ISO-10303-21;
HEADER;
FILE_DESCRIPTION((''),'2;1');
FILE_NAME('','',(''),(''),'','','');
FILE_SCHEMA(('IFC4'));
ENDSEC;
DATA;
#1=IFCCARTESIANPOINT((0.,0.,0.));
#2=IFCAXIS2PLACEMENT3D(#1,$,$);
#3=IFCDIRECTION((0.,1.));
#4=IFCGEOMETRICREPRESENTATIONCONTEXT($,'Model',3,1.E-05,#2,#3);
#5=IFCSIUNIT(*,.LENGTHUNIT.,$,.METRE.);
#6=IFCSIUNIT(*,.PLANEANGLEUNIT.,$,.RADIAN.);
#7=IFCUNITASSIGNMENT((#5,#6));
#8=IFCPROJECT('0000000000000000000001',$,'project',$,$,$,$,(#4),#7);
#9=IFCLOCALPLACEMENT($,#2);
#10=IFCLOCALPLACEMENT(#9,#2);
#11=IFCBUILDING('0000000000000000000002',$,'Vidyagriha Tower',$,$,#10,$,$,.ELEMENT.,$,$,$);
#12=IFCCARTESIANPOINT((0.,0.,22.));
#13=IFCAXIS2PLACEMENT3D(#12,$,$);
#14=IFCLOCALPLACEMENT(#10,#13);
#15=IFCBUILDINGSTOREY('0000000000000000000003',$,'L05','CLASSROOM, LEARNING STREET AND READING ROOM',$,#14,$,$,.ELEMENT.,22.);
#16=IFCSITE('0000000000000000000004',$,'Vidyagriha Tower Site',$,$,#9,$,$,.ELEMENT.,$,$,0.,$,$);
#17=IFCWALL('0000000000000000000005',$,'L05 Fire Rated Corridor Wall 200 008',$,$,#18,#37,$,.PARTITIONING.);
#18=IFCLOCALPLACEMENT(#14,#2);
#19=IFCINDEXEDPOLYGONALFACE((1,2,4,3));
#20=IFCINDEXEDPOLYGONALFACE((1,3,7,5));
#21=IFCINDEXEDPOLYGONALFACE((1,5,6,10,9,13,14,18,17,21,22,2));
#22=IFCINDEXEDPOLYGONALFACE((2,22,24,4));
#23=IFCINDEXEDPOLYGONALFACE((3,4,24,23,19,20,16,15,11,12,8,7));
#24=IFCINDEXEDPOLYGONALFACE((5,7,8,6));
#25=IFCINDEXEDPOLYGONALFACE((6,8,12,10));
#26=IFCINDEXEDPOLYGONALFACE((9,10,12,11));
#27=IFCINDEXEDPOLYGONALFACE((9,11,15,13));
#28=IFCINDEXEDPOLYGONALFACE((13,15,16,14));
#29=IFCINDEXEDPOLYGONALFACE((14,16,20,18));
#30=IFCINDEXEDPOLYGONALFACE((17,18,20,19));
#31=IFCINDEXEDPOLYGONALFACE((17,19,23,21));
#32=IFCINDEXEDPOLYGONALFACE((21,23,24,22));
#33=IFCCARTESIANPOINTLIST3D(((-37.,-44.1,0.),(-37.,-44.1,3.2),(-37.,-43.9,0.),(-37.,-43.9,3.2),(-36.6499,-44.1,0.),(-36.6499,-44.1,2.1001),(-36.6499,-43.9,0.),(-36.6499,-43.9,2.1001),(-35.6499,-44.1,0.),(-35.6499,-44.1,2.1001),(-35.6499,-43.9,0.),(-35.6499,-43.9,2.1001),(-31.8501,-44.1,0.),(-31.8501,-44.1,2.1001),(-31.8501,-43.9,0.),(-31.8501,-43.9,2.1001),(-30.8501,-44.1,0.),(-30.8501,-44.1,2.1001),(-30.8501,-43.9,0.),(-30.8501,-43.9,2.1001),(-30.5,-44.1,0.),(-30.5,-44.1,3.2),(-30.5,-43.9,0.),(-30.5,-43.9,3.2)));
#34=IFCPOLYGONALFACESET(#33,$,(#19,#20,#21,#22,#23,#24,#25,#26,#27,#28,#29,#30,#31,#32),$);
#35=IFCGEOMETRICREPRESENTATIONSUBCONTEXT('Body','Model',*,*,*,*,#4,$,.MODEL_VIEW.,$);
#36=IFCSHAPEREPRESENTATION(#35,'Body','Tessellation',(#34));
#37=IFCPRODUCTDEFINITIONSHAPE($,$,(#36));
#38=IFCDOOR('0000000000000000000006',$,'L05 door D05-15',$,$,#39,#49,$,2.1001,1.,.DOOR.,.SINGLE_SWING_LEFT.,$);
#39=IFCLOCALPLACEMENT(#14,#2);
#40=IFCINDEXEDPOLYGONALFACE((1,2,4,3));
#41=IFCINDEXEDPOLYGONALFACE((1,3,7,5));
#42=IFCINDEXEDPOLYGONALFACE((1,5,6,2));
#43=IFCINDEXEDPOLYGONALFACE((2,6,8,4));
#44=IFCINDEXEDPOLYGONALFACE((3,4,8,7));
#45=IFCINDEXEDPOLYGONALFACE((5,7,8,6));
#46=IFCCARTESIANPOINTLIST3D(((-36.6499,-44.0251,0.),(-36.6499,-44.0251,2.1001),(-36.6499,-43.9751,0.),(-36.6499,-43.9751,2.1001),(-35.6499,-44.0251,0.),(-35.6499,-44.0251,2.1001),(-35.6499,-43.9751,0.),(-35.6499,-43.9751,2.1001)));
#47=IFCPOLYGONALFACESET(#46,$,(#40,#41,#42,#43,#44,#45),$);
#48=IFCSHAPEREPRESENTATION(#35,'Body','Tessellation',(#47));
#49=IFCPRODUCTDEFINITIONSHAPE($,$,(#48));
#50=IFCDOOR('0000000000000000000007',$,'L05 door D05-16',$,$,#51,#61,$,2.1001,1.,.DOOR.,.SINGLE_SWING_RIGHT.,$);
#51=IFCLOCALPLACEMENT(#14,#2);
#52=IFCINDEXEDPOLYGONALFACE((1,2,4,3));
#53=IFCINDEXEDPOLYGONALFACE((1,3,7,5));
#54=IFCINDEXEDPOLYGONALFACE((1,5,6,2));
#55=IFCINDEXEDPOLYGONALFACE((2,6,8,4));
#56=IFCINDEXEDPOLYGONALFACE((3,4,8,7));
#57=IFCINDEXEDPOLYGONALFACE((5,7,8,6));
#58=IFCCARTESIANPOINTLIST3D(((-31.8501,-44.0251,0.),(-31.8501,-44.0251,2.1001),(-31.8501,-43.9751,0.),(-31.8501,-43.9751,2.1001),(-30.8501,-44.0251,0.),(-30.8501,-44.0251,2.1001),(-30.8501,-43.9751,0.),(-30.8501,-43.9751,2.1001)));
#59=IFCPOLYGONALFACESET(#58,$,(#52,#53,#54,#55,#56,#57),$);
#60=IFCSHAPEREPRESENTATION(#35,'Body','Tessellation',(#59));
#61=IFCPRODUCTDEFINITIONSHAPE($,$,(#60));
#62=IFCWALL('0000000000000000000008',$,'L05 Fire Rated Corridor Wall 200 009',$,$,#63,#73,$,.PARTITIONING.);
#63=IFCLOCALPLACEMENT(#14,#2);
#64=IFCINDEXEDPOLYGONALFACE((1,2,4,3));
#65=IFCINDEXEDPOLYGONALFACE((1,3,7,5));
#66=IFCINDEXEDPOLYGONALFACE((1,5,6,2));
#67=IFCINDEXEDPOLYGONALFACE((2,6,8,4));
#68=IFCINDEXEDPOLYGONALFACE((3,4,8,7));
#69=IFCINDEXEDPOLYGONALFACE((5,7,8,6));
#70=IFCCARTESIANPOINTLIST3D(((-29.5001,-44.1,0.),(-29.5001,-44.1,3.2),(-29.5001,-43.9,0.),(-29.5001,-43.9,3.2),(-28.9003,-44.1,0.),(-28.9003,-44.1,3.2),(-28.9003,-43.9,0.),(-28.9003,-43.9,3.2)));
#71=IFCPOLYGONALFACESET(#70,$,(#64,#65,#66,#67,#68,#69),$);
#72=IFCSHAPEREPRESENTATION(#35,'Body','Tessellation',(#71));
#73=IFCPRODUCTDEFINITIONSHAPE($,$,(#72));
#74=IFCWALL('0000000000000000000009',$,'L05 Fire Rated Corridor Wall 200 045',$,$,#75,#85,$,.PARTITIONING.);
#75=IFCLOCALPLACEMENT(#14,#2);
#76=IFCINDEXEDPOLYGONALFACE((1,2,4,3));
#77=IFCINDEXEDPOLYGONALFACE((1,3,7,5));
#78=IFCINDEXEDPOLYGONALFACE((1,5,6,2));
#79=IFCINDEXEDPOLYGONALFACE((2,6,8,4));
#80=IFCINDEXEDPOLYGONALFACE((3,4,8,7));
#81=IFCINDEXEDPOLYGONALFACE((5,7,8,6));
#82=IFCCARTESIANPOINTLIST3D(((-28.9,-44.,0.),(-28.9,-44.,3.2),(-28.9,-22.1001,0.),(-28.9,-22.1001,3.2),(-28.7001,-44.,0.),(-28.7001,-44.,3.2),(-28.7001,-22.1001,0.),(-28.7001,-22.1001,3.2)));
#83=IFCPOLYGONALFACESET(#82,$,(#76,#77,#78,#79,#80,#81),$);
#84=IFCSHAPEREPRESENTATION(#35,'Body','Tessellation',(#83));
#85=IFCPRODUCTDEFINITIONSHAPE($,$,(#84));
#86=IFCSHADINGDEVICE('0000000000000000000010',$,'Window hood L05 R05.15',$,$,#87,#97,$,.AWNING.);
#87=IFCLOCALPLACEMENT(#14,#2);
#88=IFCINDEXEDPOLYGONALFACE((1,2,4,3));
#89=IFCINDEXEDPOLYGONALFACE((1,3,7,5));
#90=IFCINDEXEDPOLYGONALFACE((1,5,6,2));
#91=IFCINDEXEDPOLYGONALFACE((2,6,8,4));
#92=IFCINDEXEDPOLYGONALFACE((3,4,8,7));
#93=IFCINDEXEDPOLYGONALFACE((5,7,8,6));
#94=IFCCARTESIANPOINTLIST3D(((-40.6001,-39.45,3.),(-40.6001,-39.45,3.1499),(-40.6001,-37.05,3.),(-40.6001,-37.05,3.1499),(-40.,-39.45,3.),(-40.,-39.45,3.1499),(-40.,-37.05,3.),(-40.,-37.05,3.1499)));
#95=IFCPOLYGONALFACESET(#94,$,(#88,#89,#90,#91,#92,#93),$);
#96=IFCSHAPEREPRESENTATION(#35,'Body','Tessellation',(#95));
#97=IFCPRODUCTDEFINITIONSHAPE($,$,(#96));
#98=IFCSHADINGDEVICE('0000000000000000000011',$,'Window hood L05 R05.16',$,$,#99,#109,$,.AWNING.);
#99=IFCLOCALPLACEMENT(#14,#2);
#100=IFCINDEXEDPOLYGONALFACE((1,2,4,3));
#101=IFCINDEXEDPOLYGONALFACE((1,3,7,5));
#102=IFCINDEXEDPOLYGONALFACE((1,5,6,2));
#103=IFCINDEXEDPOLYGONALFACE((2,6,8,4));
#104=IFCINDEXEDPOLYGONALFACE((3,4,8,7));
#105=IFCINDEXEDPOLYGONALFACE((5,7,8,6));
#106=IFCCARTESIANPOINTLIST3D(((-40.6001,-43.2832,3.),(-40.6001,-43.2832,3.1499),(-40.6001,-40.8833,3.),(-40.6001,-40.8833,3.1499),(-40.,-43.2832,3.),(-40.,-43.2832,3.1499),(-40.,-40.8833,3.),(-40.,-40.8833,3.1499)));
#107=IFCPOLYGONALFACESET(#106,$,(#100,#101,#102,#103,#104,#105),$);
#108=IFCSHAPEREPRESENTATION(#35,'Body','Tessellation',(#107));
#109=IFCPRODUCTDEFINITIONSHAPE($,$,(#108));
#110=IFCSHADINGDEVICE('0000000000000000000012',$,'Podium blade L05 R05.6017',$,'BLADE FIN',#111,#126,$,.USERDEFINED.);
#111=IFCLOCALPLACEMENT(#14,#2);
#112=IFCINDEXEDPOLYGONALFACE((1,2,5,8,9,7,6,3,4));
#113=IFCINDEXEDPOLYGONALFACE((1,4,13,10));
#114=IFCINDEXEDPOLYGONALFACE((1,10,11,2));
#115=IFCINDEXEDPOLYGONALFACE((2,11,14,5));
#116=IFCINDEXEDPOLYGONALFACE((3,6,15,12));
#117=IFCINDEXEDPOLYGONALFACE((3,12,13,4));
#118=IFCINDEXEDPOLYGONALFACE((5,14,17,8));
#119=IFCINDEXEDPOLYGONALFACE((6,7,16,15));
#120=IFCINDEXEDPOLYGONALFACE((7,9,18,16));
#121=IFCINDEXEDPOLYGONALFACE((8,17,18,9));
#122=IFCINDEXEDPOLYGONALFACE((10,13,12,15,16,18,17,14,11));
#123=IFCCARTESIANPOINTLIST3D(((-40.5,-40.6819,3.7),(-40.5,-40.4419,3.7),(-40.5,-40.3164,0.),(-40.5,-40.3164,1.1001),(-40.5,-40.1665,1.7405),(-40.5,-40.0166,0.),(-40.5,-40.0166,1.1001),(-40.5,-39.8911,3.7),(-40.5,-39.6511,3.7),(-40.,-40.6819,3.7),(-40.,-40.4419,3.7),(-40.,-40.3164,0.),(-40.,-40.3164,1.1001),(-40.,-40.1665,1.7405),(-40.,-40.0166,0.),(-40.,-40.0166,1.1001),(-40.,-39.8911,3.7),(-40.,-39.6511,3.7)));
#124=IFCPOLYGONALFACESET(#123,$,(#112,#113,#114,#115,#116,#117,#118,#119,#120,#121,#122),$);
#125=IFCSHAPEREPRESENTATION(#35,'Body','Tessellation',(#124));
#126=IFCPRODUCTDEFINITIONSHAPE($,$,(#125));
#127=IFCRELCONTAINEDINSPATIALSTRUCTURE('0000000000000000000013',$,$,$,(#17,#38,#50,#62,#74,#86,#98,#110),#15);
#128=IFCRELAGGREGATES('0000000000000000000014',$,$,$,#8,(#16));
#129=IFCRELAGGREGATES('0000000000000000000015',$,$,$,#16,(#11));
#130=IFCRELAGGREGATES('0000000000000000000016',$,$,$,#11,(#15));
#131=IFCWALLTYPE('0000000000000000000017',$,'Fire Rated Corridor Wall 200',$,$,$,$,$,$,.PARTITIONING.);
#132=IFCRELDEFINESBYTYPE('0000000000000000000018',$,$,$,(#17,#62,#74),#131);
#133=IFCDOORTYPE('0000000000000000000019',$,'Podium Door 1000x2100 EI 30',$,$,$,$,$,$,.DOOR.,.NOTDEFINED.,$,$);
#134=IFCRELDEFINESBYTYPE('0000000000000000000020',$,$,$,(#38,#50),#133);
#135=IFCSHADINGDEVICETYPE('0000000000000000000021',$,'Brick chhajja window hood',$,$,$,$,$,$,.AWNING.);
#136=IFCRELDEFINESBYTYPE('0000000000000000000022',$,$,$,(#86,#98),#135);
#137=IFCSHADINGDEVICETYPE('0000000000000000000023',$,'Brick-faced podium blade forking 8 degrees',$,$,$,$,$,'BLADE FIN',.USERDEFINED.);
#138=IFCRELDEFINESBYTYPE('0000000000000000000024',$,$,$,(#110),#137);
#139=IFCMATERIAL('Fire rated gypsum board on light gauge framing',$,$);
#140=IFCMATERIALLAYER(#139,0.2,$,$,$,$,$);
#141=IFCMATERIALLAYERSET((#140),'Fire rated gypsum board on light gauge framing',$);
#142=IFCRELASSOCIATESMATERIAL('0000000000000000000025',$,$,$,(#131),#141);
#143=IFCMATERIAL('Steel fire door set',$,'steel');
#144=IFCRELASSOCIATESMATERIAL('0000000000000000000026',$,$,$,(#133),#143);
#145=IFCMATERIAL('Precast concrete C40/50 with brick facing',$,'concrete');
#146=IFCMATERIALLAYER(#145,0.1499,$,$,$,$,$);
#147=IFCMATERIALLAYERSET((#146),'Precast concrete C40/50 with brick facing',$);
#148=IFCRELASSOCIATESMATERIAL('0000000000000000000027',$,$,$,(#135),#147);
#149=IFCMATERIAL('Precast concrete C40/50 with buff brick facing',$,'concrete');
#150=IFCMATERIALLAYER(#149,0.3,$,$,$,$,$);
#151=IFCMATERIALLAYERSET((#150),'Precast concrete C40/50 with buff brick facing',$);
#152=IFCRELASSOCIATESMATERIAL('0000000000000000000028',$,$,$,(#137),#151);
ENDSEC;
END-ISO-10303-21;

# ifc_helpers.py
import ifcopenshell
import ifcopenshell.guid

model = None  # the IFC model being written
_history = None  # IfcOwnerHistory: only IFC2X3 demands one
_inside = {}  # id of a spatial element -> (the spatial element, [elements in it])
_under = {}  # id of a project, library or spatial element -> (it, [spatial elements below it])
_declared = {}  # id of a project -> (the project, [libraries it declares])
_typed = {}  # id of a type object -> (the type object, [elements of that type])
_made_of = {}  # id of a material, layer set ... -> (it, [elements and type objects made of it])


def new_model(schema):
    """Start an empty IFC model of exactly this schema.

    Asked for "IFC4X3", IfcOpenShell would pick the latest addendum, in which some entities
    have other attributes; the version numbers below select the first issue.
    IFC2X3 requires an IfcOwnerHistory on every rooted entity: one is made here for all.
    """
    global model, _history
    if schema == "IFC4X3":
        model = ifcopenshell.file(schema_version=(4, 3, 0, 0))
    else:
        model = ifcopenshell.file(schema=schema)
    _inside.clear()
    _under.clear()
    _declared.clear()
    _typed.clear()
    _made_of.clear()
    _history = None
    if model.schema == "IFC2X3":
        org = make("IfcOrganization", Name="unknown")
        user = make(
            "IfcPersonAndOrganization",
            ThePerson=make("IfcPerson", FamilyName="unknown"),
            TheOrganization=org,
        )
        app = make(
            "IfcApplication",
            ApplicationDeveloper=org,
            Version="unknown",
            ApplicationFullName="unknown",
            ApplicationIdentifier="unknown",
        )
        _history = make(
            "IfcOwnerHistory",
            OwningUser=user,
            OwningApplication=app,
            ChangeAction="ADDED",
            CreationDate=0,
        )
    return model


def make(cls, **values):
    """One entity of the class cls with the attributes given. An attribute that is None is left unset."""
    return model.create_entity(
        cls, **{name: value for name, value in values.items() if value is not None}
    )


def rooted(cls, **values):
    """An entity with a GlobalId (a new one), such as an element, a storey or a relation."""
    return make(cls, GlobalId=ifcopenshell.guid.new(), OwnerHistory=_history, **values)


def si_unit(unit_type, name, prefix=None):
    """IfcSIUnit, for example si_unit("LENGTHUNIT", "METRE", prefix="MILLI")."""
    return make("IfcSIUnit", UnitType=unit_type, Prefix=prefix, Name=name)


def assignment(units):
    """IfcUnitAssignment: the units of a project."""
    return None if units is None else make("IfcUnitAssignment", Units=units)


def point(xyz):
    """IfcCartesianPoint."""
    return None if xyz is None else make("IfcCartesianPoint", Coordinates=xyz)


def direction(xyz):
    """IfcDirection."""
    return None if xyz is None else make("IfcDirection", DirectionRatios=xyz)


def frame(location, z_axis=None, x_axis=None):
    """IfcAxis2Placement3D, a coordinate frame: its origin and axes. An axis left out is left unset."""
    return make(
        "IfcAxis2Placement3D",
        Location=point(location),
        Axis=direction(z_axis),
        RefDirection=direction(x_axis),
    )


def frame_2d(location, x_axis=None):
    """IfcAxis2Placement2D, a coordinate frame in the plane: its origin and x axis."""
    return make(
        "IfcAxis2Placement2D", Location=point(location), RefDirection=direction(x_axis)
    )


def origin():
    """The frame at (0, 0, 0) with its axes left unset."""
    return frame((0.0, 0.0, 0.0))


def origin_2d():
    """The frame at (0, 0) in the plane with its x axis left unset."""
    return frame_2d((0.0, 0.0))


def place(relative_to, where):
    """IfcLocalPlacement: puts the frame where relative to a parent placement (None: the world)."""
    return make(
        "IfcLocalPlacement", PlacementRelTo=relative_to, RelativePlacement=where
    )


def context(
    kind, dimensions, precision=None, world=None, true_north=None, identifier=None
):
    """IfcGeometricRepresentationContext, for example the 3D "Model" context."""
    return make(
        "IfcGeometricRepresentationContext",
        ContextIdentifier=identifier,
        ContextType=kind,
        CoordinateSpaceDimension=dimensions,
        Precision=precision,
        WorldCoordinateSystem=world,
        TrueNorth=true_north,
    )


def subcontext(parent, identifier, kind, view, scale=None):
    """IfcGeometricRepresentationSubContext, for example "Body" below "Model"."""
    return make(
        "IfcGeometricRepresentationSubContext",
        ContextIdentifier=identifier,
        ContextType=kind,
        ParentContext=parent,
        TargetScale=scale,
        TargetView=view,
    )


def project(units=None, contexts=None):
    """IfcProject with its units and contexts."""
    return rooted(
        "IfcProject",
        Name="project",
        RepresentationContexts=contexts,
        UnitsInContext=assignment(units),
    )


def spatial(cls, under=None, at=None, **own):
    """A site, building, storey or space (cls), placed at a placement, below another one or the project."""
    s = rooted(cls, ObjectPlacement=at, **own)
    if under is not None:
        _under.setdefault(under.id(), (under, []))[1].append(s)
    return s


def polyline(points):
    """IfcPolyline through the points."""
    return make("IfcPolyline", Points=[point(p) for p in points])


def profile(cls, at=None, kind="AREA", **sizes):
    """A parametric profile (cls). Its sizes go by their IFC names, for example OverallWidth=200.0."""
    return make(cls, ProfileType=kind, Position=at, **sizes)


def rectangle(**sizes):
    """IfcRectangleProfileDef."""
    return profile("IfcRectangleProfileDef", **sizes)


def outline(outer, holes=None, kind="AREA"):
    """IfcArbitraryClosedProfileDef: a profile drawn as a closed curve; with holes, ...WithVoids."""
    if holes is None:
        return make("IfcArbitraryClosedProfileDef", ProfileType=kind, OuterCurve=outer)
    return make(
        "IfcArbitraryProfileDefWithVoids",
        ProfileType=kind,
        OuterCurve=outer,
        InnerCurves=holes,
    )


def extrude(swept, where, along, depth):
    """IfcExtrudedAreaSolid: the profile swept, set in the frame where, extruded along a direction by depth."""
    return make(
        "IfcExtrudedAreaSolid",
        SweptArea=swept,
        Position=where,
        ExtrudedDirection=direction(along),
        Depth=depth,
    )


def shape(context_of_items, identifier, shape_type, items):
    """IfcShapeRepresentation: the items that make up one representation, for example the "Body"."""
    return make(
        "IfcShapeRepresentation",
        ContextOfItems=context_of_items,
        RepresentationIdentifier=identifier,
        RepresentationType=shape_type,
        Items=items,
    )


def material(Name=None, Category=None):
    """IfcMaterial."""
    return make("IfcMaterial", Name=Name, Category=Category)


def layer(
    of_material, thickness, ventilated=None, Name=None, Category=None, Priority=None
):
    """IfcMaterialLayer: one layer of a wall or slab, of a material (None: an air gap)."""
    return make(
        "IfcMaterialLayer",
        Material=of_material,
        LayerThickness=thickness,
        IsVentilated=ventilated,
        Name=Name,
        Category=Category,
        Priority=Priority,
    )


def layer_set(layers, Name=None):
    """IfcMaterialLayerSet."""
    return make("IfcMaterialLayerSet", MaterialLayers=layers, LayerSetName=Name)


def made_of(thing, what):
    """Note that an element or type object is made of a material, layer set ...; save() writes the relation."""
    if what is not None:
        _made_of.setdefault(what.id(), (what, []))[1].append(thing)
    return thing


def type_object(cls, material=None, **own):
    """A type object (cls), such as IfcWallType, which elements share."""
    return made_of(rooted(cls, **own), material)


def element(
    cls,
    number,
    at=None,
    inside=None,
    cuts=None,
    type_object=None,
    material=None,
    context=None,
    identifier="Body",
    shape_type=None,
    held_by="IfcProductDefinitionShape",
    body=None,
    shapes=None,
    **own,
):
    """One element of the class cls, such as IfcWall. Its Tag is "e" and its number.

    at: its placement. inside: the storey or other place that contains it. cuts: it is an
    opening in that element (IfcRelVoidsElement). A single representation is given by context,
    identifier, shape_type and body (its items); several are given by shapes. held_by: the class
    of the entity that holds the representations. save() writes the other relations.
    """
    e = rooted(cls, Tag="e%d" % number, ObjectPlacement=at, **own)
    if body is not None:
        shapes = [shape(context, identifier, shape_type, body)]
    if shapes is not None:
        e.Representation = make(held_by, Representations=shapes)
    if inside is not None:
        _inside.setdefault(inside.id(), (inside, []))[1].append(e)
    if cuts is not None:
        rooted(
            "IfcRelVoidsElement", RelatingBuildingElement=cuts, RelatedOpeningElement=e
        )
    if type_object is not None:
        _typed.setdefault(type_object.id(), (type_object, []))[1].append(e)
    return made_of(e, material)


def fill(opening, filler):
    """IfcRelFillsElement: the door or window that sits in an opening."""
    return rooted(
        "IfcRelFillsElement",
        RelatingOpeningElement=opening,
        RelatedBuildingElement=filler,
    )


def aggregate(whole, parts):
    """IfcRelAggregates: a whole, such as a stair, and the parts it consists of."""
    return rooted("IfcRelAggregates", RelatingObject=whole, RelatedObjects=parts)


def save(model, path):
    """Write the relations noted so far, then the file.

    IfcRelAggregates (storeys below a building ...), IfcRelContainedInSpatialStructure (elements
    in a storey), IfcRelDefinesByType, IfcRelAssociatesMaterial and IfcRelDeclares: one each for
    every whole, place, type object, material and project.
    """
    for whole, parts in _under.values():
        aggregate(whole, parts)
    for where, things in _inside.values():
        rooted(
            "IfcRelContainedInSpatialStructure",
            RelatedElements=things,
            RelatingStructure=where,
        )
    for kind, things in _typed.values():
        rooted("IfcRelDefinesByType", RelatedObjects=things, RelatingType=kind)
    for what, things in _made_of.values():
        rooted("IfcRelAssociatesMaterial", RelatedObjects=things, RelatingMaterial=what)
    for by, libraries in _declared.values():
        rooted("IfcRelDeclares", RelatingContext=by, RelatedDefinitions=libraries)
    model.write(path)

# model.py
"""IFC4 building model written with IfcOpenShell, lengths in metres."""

from ifc_helpers import new_model, si_unit, direction, frame, frame_2d, origin, origin_2d, place, context, subcontext, project, spatial, polyline, rectangle, outline, extrude, material, layer, layer_set, type_object, element, fill, save


model = new_model("IFC4")

# Units and contexts
model_context = context("Model", 3, precision=1e-05, world=origin(), true_north=direction((0.0, 1.0)))
body_context = subcontext(model_context, "Body", "Model", "MODEL_VIEW")
ifc_project = project(units=[si_unit("LENGTHUNIT", "METRE"), si_unit("PLANEANGLEUNIT", "RADIAN")], contexts=[model_context])

# Site, building, storey
site_placement = place(None, origin())
site = spatial("IfcSite", under=ifc_project, at=site_placement, Name="Vidyagriha Tower Site", CompositionType="ELEMENT", RefElevation=0.0)
building_placement = place(site_placement, origin())
building = spatial("IfcBuilding", under=site, at=building_placement, Name="Vidyagriha Tower", CompositionType="ELEMENT")
storey_placement = place(building_placement, frame((0.0, 0.0, 22.0)))
storey = spatial("IfcBuildingStorey", under=building, at=storey_placement, Name="L05", Description="CLASSROOM, LEARNING STREET AND READING ROOM", CompositionType="ELEMENT", Elevation=22.0)

# Shared definitions
ifc_material_1 = material(Name="Fire rated gypsum board on light gauge framing")
ifc_layer_1 = layer(ifc_material_1, 0.2)
ifc_layer_set_1 = layer_set([ifc_layer_1], Name="Fire rated gypsum board on light gauge framing")
wall_type = type_object("IfcWallType", Name="Fire Rated Corridor Wall 200", PredefinedType="PARTITIONING", material=ifc_layer_set_1)

# Wall, openings, doors
wall_1_placement = place(storey_placement, frame((-37.0, -44.0, 0.0)))
wall_1 = element("IfcWall", 1, at=wall_1_placement, inside=storey, type_object=wall_type, Name="L05 Fire Rated Corridor Wall 200 008", PredefinedType="PARTITIONING", context=body_context, shape_type="SweptSolid", body=[
    extrude(rectangle(XDim=6.5, YDim=0.2, at=frame_2d((3.25, 0.0))), origin(), (0.0, 0.0, 1.0), 3.2),
])
opening_1_placement = place(wall_1_placement, frame((0.3501, 0.0, 0.0)))
opening_1 = element("IfcOpeningElement", 2, at=opening_1_placement, cuts=wall_1, PredefinedType="OPENING", context=body_context, shape_type="SweptSolid", body=[
    extrude(rectangle(XDim=1.0, YDim=2.1001, at=frame_2d((0.5, 1.05))), frame((0.0, 0.1099, 0.0), z_axis=(0.0, -1.0, 0.0), x_axis=(1.0, 0.0, 0.0)), (0.0, 0.0, 1.0), 0.22),
])
opening_2_placement = place(wall_1_placement, frame((5.1499, 0.0, 0.0)))
opening_2 = element("IfcOpeningElement", 3, at=opening_2_placement, cuts=wall_1, PredefinedType="OPENING", context=body_context, shape_type="SweptSolid", body=[
    extrude(rectangle(XDim=1.0, YDim=2.1001, at=frame_2d((0.5, 1.05))), frame((0.0, 0.1099, 0.0), z_axis=(0.0, -1.0, 0.0), x_axis=(1.0, 0.0, 0.0)), (0.0, 0.0, 1.0), 0.22),
])
ifc_material_2 = material(Name="Steel fire door set", Category="steel")
door_type = type_object("IfcDoorType", Name="Podium Door 1000x2100 EI 30", OperationType="NOTDEFINED", PredefinedType="DOOR", material=ifc_material_2)
door_1_placement = place(opening_1_placement, origin())
door_1 = element("IfcDoor", 4, at=door_1_placement, inside=storey, type_object=door_type, Name="L05 door D05-15", OperationType="SINGLE_SWING_LEFT", OverallHeight=2.1001, OverallWidth=1.0, PredefinedType="DOOR", context=body_context, shape_type="SweptSolid", body=[
    extrude(rectangle(XDim=1.0, YDim=2.1001, at=frame_2d((0.5, 1.05))), frame((0.0, 0.0249, 0.0), z_axis=(0.0, -1.0, 0.0), x_axis=(1.0, 0.0, 0.0)), (0.0, 0.0, 1.0), 0.05),
])
fill(opening_1, door_1)
door_2_placement = place(opening_2_placement, origin())
door_2 = element("IfcDoor", 5, at=door_2_placement, inside=storey, type_object=door_type, Name="L05 door D05-16", OperationType="SINGLE_SWING_RIGHT", OverallHeight=2.1001, OverallWidth=1.0, PredefinedType="DOOR", context=body_context, shape_type="SweptSolid", body=[
    extrude(rectangle(XDim=1.0, YDim=2.1001, at=frame_2d((0.5, 1.05))), frame((0.0, 0.0249, 0.0), z_axis=(0.0, -1.0, 0.0), x_axis=(1.0, 0.0, 0.0)), (0.0, 0.0, 1.0), 0.05),
])
fill(opening_2, door_2)

# Walls
wall_2_placement = place(storey_placement, frame((-29.5, -44.0, 0.0)))
element("IfcWall", 6, at=wall_2_placement, inside=storey, type_object=wall_type, Name="L05 Fire Rated Corridor Wall 200 009", PredefinedType="PARTITIONING", context=body_context, shape_type="SweptSolid", body=[
    extrude(rectangle(XDim=0.5999, YDim=0.2, at=frame_2d((0.2998, 0.0))), origin(), (0.0, 0.0, 1.0), 3.2),
])
wall_3_placement = place(storey_placement, frame((-28.8, -44.0, 0.0), z_axis=(0.0, 0.0, 1.0), x_axis=(0.0, 1.0, 0.0)))
element("IfcWall", 7, at=wall_3_placement, inside=storey, type_object=wall_type, Name="L05 Fire Rated Corridor Wall 200 045", PredefinedType="PARTITIONING", context=body_context, shape_type="SweptSolid", body=[
    extrude(rectangle(XDim=21.8999, YDim=0.2, at=frame_2d((10.95, 0.0))), origin(), (0.0, 0.0, 1.0), 3.2),
])

# Shading devices
ifc_material_3 = material(Name="Precast concrete C40/50 with brick facing", Category="concrete")
ifc_layer_2 = layer(ifc_material_3, 0.1499)
ifc_layer_set_2 = layer_set([ifc_layer_2], Name="Precast concrete C40/50 with brick facing")
shading_device_type_1 = type_object("IfcShadingDeviceType", Name="Brick chhajja window hood", PredefinedType="AWNING", material=ifc_layer_set_2)
for number, where, z_axis, x_axis, name in (
    (8, (-40.3, -38.25, 3.0), (0.0, 0.0, 1.0), (0.0, -1.0, 0.0), "Window hood L05 R05.15"),
    (9, (-40.3, -42.0833, 3.0), (0.0, 0.0, 1.0), (0.0, -1.0, 0.0), "Window hood L05 R05.16"),
):
    element("IfcShadingDevice", number, at=place(storey_placement, frame(where, z_axis=z_axis, x_axis=x_axis)), inside=storey, type_object=shading_device_type_1, Name=name, PredefinedType="AWNING", context=body_context, shape_type="SweptSolid", body=[
        extrude(rectangle(XDim=2.3999, YDim=0.6001, at=origin_2d()), origin(), (0.0, 0.0, 1.0), 0.1499),
    ])
ifc_material_4 = material(Name="Precast concrete C40/50 with buff brick facing", Category="concrete")
ifc_layer_3 = layer(ifc_material_4, 0.3)
ifc_layer_set_3 = layer_set([ifc_layer_3], Name="Precast concrete C40/50 with buff brick facing")
shading_device_type_2 = type_object("IfcShadingDeviceType", Name="Brick-faced podium blade forking 8 degrees", ElementType="BLADE FIN", PredefinedType="USERDEFINED", material=ifc_layer_set_3)
shading_device_placement = place(storey_placement, frame((-40.25, -39.6511, 0.0), z_axis=(0.0, 0.0, 1.0), x_axis=(0.0, -1.0, 0.0)))
element("IfcShadingDevice", 10, at=shading_device_placement, inside=storey, type_object=shading_device_type_2, Name="Podium blade L05 R05.6017", ObjectType="BLADE FIN", PredefinedType="USERDEFINED", context=body_context, shape_type="SweptSolid", body=[
    extrude(outline(polyline([(0.6653, 0.0), (0.6653, 1.1001), (1.0308, 3.7), (0.7908, 3.7), (0.5154, 1.7405), (0.24, 3.7), (0.0, 3.7), (0.3655, 1.1001), (0.3655, 0.0), (0.6653, 0.0)])), frame((0.0, 0.25, 0.0), z_axis=(0.0, -1.0, 0.0), x_axis=(1.0, 0.0, 0.0)), (0.0, 0.0, 1.0), 0.5),
])

save(model, "model.ifc")
